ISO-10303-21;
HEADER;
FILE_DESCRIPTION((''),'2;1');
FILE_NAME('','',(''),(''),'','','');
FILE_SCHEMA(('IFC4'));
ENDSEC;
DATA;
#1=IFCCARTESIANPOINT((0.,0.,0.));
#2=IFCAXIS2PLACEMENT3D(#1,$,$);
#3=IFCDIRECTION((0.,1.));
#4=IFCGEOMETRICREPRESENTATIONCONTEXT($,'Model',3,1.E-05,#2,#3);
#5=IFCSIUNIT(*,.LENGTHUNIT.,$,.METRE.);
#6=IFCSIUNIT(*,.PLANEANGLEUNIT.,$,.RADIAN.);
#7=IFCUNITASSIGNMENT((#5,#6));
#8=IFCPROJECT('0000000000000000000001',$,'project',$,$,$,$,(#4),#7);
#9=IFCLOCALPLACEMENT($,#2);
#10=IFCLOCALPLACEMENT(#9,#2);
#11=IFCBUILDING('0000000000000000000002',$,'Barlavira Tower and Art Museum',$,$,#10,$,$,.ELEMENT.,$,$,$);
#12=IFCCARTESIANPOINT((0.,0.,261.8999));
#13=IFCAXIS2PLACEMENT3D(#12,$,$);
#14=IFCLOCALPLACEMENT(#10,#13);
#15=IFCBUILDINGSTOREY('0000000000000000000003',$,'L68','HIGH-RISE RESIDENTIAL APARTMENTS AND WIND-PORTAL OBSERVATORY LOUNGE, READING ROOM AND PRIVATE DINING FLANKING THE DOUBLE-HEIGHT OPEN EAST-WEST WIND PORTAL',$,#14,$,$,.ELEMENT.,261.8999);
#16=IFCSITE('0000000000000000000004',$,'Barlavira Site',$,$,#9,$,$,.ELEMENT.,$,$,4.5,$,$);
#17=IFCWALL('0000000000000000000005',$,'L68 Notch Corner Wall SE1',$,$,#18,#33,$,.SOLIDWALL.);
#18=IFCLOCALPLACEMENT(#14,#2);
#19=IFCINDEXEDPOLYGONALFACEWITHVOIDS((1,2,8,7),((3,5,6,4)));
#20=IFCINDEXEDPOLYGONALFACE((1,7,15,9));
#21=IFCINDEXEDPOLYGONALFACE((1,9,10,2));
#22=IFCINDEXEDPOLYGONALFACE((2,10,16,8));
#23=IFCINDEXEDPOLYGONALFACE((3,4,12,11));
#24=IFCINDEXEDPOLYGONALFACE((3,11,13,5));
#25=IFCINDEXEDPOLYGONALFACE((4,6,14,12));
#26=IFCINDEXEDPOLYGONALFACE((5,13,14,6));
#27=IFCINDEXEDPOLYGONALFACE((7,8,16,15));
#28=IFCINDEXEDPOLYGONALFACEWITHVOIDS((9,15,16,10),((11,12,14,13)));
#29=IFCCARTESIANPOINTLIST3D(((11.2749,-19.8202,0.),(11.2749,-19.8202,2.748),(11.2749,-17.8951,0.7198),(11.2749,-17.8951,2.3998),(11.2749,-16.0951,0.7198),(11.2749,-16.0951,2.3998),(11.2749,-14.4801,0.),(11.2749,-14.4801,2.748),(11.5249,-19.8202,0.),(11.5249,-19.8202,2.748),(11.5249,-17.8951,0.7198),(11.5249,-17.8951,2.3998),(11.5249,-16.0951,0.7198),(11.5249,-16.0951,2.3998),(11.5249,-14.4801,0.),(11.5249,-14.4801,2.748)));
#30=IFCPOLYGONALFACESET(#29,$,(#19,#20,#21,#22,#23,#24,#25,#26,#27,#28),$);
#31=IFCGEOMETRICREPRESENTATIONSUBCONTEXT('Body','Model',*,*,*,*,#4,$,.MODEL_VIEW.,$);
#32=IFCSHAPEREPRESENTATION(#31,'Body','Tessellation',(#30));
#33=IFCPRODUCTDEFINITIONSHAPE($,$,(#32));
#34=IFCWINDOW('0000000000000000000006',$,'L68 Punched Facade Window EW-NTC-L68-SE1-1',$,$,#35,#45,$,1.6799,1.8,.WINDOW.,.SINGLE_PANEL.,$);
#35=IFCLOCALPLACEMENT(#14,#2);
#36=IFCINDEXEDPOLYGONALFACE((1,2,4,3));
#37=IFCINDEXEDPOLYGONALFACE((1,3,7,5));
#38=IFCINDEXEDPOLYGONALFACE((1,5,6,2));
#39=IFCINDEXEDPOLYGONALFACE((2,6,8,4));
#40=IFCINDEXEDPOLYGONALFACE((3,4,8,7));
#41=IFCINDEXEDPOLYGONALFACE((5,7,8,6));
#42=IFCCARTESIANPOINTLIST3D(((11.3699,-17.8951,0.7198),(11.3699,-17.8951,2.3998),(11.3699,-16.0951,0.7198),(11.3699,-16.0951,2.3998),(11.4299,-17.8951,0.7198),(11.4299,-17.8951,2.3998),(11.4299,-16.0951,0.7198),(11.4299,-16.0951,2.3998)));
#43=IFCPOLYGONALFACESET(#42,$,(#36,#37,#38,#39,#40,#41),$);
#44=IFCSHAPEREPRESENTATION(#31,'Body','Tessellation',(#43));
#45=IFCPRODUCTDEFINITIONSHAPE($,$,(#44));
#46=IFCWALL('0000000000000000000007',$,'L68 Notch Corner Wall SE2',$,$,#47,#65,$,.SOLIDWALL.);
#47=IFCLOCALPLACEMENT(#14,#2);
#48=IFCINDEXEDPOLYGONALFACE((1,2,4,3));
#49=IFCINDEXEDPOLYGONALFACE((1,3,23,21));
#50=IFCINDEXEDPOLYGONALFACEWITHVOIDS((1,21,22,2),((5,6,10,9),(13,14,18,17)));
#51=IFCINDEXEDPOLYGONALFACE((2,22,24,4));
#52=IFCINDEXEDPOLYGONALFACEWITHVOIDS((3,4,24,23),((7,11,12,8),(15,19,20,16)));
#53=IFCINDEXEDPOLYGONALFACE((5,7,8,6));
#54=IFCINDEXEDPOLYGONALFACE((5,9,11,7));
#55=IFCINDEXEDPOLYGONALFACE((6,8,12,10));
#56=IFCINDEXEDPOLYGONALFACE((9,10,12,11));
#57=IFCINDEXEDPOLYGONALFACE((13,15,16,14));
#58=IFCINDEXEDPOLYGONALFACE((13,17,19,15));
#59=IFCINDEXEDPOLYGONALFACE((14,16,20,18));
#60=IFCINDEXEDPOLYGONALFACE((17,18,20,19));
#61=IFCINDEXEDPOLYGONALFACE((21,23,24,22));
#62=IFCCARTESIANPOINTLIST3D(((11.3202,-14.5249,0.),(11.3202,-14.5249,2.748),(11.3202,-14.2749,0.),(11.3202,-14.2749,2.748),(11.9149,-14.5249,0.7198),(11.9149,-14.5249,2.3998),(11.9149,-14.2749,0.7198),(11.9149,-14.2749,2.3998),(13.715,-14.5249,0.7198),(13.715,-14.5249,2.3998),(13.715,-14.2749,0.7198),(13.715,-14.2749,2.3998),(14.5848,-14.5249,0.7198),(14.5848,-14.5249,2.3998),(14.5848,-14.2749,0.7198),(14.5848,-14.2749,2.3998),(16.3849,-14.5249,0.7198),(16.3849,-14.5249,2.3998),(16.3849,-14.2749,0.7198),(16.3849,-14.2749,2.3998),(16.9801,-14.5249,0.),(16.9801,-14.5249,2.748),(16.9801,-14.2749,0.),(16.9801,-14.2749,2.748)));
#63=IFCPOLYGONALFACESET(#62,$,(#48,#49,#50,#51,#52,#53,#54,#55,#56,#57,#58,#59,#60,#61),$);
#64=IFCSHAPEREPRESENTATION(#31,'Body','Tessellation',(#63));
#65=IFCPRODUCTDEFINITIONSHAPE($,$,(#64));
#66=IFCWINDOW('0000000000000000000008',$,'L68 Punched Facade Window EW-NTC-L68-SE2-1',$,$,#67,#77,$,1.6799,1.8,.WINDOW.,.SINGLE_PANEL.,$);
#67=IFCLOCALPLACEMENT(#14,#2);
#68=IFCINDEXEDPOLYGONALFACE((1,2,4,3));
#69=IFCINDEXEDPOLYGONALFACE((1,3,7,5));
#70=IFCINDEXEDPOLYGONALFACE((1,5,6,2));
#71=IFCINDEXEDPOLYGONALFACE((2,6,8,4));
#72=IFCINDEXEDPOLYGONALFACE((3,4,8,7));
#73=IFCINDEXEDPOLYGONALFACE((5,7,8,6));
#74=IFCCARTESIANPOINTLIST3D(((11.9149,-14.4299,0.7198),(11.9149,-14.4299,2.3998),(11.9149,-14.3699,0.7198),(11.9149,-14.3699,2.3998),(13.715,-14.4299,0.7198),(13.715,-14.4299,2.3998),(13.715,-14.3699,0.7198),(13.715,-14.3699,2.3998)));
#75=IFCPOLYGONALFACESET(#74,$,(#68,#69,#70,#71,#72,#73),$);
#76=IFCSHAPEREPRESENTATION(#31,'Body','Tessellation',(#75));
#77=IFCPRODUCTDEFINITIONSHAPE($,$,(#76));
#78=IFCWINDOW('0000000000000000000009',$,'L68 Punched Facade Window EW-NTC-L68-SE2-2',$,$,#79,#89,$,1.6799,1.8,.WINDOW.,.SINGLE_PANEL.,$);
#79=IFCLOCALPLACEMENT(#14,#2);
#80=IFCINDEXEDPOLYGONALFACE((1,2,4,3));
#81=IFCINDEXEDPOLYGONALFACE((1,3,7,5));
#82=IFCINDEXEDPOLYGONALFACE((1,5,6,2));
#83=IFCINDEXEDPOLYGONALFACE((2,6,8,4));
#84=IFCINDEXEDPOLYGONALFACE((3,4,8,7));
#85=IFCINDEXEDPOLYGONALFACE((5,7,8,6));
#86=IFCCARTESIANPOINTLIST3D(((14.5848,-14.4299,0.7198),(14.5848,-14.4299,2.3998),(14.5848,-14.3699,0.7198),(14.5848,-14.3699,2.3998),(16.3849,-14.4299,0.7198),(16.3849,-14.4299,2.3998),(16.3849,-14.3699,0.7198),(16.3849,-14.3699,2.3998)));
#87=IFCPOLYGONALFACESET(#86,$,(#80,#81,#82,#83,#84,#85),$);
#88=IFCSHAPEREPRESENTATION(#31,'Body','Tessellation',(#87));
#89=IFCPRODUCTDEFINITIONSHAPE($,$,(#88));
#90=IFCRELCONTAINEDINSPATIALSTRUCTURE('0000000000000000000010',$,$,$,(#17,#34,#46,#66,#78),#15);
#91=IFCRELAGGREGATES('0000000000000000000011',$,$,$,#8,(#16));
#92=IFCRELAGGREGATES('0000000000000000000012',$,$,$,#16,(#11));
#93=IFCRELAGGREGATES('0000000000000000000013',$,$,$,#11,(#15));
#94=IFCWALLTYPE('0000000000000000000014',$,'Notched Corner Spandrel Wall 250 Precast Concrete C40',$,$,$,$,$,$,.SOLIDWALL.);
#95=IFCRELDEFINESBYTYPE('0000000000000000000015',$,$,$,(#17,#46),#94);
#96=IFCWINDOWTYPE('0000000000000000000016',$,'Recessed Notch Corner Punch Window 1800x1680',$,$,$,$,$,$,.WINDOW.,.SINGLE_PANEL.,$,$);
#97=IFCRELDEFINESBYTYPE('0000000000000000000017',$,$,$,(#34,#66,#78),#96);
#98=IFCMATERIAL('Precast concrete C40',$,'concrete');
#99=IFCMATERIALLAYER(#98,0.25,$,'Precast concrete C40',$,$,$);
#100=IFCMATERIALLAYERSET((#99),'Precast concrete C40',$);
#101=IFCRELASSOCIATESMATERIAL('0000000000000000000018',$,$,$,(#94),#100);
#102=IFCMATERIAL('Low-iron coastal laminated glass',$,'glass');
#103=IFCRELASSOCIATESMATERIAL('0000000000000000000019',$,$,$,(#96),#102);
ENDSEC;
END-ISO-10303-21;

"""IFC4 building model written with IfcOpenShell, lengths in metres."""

from ifc_helpers import new_model, si_unit, direction, frame, frame_2d, origin, place, context, subcontext, project, spatial, rectangle, extrude, material, layer, layer_set, type_object, element, fill, save


model = new_model("IFC4")

# Units and contexts
model_context = context("Model", 3, precision=1e-05, world=origin(), true_north=direction((0.0, 1.0)))
body_context = subcontext(model_context, "Body", "Model", "MODEL_VIEW")
ifc_project = project(units=[si_unit("LENGTHUNIT", "METRE"), si_unit("PLANEANGLEUNIT", "RADIAN")], contexts=[model_context])

# Site, building, storey
site_placement = place(None, origin())
site = spatial("IfcSite", under=ifc_project, at=site_placement, Name="Barlavira Site", CompositionType="ELEMENT", RefElevation=4.5)
building_placement = place(site_placement, origin())
building = spatial("IfcBuilding", under=site, at=building_placement, Name="Barlavira Tower and Art Museum", CompositionType="ELEMENT")
storey_placement = place(building_placement, frame((0.0, 0.0, 261.8999)))
storey = spatial("IfcBuildingStorey", under=building, at=storey_placement, Name="L68", Description="HIGH-RISE RESIDENTIAL APARTMENTS AND WIND-PORTAL OBSERVATORY LOUNGE, READING ROOM AND PRIVATE DINING FLANKING THE DOUBLE-HEIGHT OPEN EAST-WEST WIND PORTAL", CompositionType="ELEMENT", Elevation=261.8999)

# Shared definitions
ifc_material_1 = material(Name="Precast concrete C40", Category="concrete")
ifc_layer_1 = layer(ifc_material_1, 0.25, Name="Precast concrete C40")
ifc_layer_set_1 = layer_set([ifc_layer_1], Name="Precast concrete C40")
wall_type_1 = type_object("IfcWallType", Name="Notched Corner Spandrel Wall 250 Precast Concrete C40", PredefinedType="SOLIDWALL", material=ifc_layer_set_1)
ifc_material_2 = material(Name="Low-iron coastal laminated glass", Category="glass")
window_type_1 = type_object("IfcWindowType", Name="Recessed Notch Corner Punch Window 1800x1680", PartitioningType="SINGLE_PANEL", PredefinedType="WINDOW", material=ifc_material_2)

# Wall, opening, window
wall_1_placement = place(storey_placement, frame((11.3999, -19.8201, 0.0), z_axis=(0.0, 0.0, 1.0), x_axis=(0.0, 1.0, 0.0)))
wall_1 = element("IfcWall", 1, at=wall_1_placement, inside=storey, type_object=wall_type_1, Name="L68 Notch Corner Wall SE1", PredefinedType="SOLIDWALL", context=body_context, shape_type="SweptSolid", body=[
    extrude(rectangle(XDim=5.3401, YDim=0.25, at=frame_2d((2.6699, 0.0))), origin(), (0.0, 0.0, 1.0), 2.748),
])
opening_1_placement = place(wall_1_placement, frame((1.925, 0.0, 0.72)))
opening_1 = element("IfcOpeningElement", 2, at=opening_1_placement, cuts=wall_1, PredefinedType="OPENING", context=body_context, shape_type="SweptSolid", body=[
    extrude(rectangle(XDim=1.8, YDim=1.6799, at=frame_2d((0.8999, 0.8398))), frame((0.0, 0.135, 0.0), z_axis=(0.0, -1.0, 0.0), x_axis=(1.0, 0.0, 0.0)), (0.0, 0.0, 1.0), 0.27),
])
window_1_placement = place(opening_1_placement, origin())
window_1 = element("IfcWindow", 3, at=window_1_placement, inside=storey, type_object=window_type_1, Name="L68 Punched Facade Window EW-NTC-L68-SE1-1", OverallHeight=1.6799, OverallWidth=1.8, PartitioningType="SINGLE_PANEL", PredefinedType="WINDOW", context=body_context, shape_type="SweptSolid", body=[
    extrude(rectangle(XDim=1.8, YDim=1.6799, at=frame_2d((0.8999, 0.8398))), frame((0.0, 0.03, 0.0), z_axis=(0.0, -1.0, 0.0), x_axis=(1.0, 0.0, 0.0)), (0.0, 0.0, 1.0), 0.0601),
])
fill(opening_1, window_1)

# Wall, openings, windows
wall_2_placement = place(storey_placement, frame((11.3201, -14.3999, 0.0), z_axis=(0.0, 0.0, 1.0), x_axis=(1.0, 0.0, 0.0)))
wall_2 = element("IfcWall", 4, at=wall_2_placement, inside=storey, type_object=wall_type_1, Name="L68 Notch Corner Wall SE2", PredefinedType="SOLIDWALL", context=body_context, shape_type="SweptSolid", body=[
    extrude(rectangle(XDim=5.6599, YDim=0.25, at=frame_2d((2.8301, 0.0))), origin(), (0.0, 0.0, 1.0), 2.748),
])
opening_2_placement = place(wall_2_placement, frame((0.595, 0.0, 0.72)))
opening_2 = element("IfcOpeningElement", 5, at=opening_2_placement, cuts=wall_2, PredefinedType="OPENING", context=body_context, shape_type="SweptSolid", body=[
    extrude(rectangle(XDim=1.8, YDim=1.6799, at=frame_2d((0.8999, 0.8398))), frame((0.0, 0.135, 0.0), z_axis=(0.0, -1.0, 0.0), x_axis=(1.0, 0.0, 0.0)), (0.0, 0.0, 1.0), 0.27),
])
opening_3_placement = place(wall_2_placement, frame((3.2649, 0.0, 0.72)))
opening_3 = element("IfcOpeningElement", 6, at=opening_3_placement, cuts=wall_2, PredefinedType="OPENING", context=body_context, shape_type="SweptSolid", body=[
    extrude(rectangle(XDim=1.8, YDim=1.6799, at=frame_2d((0.8999, 0.8398))), frame((0.0, 0.135, 0.0), z_axis=(0.0, -1.0, 0.0), x_axis=(1.0, 0.0, 0.0)), (0.0, 0.0, 1.0), 0.27),
])
window_2_placement = place(opening_2_placement, origin())
window_2 = element("IfcWindow", 7, at=window_2_placement, inside=storey, type_object=window_type_1, Name="L68 Punched Facade Window EW-NTC-L68-SE2-1", OverallHeight=1.6799, OverallWidth=1.8, PartitioningType="SINGLE_PANEL", PredefinedType="WINDOW", context=body_context, shape_type="SweptSolid", body=[
    extrude(rectangle(XDim=1.8, YDim=1.6799, at=frame_2d((0.8999, 0.8398))), frame((0.0, 0.03, 0.0), z_axis=(0.0, -1.0, 0.0), x_axis=(1.0, 0.0, 0.0)), (0.0, 0.0, 1.0), 0.0601),
])
fill(opening_2, window_2)
window_3_placement = place(opening_3_placement, origin())
window_3 = element("IfcWindow", 8, at=window_3_placement, inside=storey, type_object=window_type_1, Name="L68 Punched Facade Window EW-NTC-L68-SE2-2", OverallHeight=1.6799, OverallWidth=1.8, PartitioningType="SINGLE_PANEL", PredefinedType="WINDOW", context=body_context, shape_type="SweptSolid", body=[
    extrude(rectangle(XDim=1.8, YDim=1.6799, at=frame_2d((0.8999, 0.8398))), frame((0.0, 0.03, 0.0), z_axis=(0.0, -1.0, 0.0), x_axis=(1.0, 0.0, 0.0)), (0.0, 0.0, 1.0), 0.0601),
])
fill(opening_3, window_3)

save(model, "model.ifc")
